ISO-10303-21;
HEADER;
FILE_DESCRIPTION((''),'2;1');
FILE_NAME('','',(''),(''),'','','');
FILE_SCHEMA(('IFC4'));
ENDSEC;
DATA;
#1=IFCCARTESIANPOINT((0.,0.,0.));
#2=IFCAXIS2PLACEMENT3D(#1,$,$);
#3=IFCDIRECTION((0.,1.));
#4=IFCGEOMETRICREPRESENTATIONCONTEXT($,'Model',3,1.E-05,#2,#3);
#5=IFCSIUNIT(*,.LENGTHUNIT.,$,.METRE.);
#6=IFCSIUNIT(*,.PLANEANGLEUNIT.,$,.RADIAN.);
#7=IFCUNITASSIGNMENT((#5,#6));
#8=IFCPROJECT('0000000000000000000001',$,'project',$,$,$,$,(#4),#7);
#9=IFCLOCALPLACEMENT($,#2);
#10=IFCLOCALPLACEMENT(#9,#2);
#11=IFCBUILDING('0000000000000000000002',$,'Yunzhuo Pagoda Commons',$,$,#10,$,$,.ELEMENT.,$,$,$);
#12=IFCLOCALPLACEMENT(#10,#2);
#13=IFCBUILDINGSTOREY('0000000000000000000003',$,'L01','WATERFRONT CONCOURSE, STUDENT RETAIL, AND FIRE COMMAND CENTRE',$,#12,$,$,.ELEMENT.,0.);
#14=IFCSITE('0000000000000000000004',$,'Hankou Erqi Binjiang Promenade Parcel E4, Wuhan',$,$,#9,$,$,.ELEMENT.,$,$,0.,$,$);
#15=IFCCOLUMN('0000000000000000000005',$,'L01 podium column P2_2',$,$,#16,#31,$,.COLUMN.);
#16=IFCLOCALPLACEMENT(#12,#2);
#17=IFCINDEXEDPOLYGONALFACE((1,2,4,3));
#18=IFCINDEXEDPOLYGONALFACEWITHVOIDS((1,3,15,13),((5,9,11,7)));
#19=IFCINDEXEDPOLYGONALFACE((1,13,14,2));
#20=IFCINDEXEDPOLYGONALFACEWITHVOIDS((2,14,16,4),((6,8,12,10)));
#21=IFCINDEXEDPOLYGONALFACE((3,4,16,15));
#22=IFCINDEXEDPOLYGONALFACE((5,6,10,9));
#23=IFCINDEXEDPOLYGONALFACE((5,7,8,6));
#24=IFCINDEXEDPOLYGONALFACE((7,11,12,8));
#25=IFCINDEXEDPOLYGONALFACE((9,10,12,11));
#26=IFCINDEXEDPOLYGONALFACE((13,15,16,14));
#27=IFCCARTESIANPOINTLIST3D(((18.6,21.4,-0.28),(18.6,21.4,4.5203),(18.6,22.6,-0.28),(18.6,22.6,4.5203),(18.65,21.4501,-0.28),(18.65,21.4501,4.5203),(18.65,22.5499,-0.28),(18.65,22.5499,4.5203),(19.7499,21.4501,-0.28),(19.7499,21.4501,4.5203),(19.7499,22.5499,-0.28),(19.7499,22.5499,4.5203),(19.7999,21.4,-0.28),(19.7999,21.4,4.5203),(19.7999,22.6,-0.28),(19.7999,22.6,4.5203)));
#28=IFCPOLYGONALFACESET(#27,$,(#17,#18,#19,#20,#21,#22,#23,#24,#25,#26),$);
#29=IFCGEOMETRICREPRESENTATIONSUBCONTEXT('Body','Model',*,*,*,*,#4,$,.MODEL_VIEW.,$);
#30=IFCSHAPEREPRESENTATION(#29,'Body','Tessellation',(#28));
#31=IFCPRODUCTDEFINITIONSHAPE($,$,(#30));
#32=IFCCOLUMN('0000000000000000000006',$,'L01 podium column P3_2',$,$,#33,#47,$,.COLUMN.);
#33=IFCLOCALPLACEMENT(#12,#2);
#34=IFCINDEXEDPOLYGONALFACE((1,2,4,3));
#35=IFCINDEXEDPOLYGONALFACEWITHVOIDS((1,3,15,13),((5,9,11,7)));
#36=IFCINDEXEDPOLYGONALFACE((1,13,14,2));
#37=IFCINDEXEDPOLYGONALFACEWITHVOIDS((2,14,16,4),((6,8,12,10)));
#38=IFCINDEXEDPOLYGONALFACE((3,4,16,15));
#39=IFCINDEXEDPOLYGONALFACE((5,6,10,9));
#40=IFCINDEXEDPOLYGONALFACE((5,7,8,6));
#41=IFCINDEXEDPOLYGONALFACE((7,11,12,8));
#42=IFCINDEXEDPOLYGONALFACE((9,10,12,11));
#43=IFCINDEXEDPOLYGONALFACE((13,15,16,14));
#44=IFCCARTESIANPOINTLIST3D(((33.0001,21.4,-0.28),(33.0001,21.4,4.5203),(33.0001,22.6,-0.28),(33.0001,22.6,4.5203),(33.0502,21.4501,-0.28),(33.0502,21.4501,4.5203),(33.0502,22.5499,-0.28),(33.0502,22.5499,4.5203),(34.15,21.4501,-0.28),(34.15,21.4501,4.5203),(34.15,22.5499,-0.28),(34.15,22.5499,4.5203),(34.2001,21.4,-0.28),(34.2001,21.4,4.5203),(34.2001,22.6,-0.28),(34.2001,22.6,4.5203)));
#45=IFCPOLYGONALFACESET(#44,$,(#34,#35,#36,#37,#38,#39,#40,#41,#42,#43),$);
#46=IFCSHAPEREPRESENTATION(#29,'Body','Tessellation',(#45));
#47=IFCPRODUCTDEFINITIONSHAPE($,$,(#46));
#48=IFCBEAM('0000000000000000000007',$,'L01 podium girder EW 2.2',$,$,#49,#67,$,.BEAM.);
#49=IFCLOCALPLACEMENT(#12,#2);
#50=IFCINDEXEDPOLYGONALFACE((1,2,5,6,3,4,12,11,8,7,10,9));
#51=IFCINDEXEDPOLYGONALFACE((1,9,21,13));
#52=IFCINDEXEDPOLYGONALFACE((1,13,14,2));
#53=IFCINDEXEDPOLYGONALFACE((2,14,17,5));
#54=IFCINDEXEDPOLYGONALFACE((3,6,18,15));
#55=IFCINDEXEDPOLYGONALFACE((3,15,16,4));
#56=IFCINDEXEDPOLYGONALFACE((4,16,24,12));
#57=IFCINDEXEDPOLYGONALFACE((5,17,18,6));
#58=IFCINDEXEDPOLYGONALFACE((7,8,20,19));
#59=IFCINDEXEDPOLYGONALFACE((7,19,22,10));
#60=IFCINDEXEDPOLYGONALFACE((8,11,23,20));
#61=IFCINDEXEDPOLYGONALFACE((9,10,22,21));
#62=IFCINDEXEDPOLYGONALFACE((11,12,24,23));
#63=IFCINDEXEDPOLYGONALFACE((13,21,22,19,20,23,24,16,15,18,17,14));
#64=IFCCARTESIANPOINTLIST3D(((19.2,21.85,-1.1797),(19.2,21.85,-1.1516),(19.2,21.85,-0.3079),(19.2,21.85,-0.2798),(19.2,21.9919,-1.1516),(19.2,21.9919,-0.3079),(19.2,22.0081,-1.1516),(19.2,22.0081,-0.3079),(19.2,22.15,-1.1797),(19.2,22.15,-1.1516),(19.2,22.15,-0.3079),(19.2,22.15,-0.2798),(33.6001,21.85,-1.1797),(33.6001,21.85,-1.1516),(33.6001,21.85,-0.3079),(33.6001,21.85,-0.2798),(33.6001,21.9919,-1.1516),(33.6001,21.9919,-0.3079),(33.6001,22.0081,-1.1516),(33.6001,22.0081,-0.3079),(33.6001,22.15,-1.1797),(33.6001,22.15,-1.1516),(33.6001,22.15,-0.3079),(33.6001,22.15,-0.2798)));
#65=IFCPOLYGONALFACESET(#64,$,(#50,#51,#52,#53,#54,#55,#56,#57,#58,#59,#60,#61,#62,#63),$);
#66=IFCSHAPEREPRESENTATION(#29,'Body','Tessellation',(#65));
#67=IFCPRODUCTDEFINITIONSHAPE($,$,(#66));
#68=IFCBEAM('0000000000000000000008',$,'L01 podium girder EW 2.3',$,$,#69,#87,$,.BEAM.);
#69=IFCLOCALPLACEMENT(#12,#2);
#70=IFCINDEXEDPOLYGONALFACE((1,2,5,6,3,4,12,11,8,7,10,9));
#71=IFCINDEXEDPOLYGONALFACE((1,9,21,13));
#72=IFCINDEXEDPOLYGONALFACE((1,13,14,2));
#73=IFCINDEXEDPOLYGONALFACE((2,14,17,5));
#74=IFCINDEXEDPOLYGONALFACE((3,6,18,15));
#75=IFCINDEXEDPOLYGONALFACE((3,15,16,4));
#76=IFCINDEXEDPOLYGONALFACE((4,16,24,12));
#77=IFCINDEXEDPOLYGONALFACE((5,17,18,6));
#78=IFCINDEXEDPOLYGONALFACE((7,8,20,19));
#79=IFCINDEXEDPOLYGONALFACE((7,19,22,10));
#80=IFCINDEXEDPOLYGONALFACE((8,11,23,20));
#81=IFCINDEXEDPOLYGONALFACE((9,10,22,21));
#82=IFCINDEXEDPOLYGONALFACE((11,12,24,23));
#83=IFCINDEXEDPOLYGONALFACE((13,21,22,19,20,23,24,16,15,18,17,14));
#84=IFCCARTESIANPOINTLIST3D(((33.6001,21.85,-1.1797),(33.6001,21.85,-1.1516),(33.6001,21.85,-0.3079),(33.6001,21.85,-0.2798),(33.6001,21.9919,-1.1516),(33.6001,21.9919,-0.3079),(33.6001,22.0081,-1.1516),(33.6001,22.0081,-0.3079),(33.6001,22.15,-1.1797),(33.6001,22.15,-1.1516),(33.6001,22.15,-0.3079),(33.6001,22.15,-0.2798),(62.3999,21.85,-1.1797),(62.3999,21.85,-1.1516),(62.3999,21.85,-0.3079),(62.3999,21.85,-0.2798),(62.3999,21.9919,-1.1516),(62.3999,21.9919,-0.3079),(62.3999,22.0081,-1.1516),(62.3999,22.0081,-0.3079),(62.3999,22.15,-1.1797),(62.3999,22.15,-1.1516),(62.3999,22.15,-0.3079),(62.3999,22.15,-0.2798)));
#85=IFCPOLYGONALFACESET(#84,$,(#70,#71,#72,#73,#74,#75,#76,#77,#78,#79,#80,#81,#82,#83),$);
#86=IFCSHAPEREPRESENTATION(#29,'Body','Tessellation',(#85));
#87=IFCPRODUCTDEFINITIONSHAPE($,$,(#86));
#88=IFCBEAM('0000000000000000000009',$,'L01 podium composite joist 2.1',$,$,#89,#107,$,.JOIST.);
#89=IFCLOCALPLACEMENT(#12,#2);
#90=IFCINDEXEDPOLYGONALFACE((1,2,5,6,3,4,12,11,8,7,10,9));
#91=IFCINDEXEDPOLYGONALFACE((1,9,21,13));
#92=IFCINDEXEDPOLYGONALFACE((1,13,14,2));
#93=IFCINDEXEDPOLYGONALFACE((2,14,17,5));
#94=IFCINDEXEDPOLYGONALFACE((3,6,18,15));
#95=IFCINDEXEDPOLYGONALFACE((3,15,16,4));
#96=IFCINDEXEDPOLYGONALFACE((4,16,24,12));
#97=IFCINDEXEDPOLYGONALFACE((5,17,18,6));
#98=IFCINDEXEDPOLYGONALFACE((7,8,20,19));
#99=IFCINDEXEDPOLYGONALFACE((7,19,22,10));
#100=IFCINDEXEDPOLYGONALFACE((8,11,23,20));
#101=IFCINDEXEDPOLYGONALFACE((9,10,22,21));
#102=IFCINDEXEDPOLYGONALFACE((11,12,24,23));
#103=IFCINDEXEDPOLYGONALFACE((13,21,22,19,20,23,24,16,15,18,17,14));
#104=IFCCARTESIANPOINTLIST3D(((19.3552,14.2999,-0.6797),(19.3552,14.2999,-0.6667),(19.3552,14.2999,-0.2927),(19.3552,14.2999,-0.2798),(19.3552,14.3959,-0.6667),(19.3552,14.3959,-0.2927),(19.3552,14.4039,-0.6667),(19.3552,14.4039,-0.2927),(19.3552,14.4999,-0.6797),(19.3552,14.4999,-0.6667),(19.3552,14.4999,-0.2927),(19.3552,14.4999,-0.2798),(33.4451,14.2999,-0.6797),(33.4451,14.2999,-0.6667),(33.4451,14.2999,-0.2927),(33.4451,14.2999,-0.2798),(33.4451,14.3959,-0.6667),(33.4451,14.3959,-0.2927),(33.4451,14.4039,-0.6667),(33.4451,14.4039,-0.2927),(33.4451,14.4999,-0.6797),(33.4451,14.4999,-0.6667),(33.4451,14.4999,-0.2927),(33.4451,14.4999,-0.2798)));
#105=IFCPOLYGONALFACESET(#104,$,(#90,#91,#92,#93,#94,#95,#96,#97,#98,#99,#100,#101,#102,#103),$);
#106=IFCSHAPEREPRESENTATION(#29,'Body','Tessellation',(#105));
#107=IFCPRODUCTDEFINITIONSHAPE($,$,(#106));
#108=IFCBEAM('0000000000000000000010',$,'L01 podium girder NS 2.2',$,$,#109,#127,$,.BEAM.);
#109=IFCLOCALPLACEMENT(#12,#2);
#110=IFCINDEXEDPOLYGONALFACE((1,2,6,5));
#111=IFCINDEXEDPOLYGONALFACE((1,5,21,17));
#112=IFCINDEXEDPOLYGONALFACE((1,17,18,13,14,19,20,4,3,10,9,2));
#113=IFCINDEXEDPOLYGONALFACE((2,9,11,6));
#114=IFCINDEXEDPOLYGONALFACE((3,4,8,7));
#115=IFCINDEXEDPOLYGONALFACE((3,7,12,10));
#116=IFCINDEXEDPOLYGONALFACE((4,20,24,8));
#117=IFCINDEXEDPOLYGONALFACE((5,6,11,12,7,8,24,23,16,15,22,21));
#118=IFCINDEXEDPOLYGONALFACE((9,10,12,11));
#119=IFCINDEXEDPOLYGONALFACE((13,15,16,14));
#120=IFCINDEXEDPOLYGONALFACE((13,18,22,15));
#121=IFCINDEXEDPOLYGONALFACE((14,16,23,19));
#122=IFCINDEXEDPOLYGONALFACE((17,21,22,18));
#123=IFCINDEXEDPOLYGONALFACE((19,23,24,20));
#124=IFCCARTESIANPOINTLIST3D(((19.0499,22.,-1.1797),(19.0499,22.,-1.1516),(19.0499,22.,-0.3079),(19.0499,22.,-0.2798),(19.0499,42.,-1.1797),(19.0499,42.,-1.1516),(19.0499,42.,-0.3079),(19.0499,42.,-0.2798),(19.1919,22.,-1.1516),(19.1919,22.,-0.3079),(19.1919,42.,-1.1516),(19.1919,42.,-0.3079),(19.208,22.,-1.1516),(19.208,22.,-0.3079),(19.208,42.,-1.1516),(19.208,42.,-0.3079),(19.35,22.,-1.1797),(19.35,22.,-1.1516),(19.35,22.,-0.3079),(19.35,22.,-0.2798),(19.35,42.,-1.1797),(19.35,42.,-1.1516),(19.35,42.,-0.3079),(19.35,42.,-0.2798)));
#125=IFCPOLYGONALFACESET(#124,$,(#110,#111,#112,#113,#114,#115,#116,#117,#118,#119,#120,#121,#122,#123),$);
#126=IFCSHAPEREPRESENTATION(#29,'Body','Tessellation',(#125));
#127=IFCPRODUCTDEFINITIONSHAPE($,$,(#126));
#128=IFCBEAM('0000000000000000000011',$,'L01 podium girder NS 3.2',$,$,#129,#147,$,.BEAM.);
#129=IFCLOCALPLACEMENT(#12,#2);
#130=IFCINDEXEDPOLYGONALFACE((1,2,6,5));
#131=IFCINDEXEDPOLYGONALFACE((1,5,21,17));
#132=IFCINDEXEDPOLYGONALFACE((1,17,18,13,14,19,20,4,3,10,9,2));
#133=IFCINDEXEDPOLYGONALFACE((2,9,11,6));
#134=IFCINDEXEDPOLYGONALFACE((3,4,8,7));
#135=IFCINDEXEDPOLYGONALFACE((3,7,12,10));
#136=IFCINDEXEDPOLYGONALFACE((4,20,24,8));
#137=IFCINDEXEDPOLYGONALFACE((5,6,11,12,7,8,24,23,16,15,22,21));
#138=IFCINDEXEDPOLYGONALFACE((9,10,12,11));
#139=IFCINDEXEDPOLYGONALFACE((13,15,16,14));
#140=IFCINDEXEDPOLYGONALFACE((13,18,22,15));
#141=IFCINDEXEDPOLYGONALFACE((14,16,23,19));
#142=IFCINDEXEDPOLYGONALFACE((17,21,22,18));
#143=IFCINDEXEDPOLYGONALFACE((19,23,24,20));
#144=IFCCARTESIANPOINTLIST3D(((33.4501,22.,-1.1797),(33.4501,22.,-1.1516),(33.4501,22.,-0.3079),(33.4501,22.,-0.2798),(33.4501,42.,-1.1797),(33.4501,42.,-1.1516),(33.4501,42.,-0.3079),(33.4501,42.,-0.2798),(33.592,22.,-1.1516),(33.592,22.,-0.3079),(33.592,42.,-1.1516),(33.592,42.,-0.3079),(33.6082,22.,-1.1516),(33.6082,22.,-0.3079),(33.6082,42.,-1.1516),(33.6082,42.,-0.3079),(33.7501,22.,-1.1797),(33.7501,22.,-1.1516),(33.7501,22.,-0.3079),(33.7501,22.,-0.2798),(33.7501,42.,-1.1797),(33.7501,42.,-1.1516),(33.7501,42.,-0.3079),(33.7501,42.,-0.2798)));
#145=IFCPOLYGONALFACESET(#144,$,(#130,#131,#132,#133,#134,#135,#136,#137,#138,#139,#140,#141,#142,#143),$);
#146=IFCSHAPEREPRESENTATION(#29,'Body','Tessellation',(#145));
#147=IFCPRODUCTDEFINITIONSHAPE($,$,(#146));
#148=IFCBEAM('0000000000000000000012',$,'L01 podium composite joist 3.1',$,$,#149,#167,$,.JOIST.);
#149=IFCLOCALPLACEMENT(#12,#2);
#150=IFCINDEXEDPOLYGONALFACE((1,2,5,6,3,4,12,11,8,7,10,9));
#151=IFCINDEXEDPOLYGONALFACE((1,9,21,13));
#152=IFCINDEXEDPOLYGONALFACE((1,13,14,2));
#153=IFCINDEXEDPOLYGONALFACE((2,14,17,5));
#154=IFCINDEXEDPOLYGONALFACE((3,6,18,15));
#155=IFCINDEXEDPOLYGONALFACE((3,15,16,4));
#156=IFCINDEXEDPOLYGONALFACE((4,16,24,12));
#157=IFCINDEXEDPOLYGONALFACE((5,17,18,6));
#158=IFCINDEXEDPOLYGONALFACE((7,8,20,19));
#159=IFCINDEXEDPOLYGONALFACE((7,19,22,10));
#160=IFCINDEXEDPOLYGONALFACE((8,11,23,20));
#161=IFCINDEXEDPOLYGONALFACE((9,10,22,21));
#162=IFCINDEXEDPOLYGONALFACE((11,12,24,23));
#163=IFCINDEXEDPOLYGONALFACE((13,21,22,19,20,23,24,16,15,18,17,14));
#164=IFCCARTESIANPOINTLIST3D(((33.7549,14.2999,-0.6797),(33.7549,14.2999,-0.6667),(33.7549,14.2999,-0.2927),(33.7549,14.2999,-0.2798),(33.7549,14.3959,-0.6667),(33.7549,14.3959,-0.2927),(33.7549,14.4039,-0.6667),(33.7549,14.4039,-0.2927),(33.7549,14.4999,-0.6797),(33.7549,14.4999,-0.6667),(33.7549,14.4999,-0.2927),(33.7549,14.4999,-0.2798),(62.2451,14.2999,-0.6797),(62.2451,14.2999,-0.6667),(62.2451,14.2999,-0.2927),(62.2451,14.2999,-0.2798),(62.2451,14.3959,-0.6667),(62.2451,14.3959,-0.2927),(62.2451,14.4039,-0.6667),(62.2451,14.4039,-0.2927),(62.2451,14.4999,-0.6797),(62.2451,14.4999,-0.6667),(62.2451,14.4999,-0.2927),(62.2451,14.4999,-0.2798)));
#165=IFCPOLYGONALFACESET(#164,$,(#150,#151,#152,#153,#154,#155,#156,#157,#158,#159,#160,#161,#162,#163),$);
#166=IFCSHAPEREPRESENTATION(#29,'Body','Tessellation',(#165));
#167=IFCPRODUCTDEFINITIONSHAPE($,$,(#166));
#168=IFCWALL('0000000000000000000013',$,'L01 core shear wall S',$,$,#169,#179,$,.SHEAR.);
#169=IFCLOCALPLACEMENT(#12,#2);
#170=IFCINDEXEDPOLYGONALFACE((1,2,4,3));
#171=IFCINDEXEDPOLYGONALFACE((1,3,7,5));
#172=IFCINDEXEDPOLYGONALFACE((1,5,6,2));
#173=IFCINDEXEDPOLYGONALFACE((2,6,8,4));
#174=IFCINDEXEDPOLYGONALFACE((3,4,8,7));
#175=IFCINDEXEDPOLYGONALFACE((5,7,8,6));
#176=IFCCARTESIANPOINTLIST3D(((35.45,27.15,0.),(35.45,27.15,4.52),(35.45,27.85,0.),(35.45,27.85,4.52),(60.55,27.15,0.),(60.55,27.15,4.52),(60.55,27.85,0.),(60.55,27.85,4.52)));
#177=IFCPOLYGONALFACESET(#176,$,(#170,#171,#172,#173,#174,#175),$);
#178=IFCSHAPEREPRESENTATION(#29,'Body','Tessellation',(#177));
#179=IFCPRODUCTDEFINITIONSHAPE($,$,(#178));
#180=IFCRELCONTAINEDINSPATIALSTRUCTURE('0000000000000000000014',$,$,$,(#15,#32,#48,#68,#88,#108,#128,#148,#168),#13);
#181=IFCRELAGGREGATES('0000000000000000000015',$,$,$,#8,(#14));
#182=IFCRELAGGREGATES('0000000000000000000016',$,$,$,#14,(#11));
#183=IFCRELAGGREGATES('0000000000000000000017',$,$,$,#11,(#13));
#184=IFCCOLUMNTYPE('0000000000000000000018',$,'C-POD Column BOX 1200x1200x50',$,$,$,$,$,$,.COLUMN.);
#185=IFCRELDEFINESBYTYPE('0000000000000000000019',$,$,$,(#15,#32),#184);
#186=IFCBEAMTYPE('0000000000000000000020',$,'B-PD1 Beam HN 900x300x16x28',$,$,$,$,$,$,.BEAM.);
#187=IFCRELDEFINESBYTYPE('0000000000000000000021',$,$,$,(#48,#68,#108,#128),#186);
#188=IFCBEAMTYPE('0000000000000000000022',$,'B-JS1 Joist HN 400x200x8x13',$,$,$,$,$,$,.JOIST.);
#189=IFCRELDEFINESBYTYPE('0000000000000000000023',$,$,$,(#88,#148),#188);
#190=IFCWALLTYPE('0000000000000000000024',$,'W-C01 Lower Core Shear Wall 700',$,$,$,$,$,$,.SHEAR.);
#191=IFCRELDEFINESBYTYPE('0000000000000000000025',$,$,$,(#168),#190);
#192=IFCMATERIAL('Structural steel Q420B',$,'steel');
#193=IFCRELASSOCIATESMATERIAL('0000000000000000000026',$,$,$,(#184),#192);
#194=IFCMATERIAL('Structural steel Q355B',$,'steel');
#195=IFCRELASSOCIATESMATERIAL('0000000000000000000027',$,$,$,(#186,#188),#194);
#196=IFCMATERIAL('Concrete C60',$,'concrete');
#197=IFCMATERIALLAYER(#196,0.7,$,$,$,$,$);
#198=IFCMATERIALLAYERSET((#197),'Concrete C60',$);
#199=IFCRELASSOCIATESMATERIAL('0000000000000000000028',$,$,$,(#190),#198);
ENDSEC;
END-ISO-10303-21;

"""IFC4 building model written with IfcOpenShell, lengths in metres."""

from ifc_helpers import new_model, si_unit, direction, frame, frame_2d, origin, origin_2d, place, context, subcontext, project, spatial, rectangle, hollow_rectangle, i_section, extrude, source, transform, mapped, material, layer, layer_set, material_profile, profile_set, type_object, element, save


model = new_model("IFC4")

# Units and contexts
model_context = context("Model", 3, precision=1e-05, world=origin(), true_north=direction((0.0, 1.0)))
body_context = subcontext(model_context, "Body", "Model", "MODEL_VIEW")
ifc_project = project(units=[si_unit("LENGTHUNIT", "METRE"), si_unit("PLANEANGLEUNIT", "RADIAN")], contexts=[model_context])

# Site, building, storey
site_placement = place(None, origin())
site = spatial("IfcSite", under=ifc_project, at=site_placement, Name="Hankou Erqi Binjiang Promenade Parcel E4, Wuhan", CompositionType="ELEMENT", RefElevation=0.0)
building_placement = place(site_placement, origin())
building = spatial("IfcBuilding", under=site, at=building_placement, Name="Yunzhuo Pagoda Commons", CompositionType="ELEMENT")
storey_placement = place(building_placement, origin())
storey = spatial("IfcBuildingStorey", under=building, at=storey_placement, Name="L01", Description="WATERFRONT CONCOURSE, STUDENT RETAIL, AND FIRE COMMAND CENTRE", CompositionType="ELEMENT", Elevation=0.0)

# Columns
ifc_material_1 = material(Name="Structural steel Q420B", Category="steel")
ifc_material_profile_1 = material_profile(ifc_material_1, hollow_rectangle(XDim=1.2, YDim=1.2, WallThickness=0.05, at=origin_2d()), Name="Structural steel Q420B")
ifc_profile_set_1 = profile_set([ifc_material_profile_1], Name="Structural steel Q420B")
column_type = type_object("IfcColumnType", Name="C-POD Column BOX 1200x1200x50", PredefinedType="COLUMN", material=ifc_profile_set_1)
shared_shape_1 = source(origin(), body_context, "Body", "SweptSolid", [
    extrude(hollow_rectangle(XDim=1.2, YDim=1.2, WallThickness=0.05, at=origin_2d()), origin(), (0.0, 0.0, 1.0), 4.8003),
])
for number, where, z_axis, x_axis, name in (
    (1, (19.2, 22.0, -0.28), (0.0, 0.0, 1.0), (1.0, 0.0, 0.0), "L01 podium column P2_2"),
    (2, (33.6001, 22.0, -0.28), (0.0, 0.0, 1.0), (1.0, 0.0, 0.0), "L01 podium column P3_2"),
):
    element("IfcColumn", number, at=place(storey_placement, frame(where, z_axis=z_axis, x_axis=x_axis)), inside=storey, type_object=column_type, Name=name, PredefinedType="COLUMN", context=body_context, shape_type="MappedRepresentation", body=[
        mapped(shared_shape_1, transform((0.0, 0.0, 0.0), scale=1.0)),
    ])

# Beams
ifc_material_2 = material(Name="Structural steel Q355B", Category="steel")
ifc_material_profile_2 = material_profile(ifc_material_2, i_section(OverallWidth=0.3, OverallDepth=0.8999, WebThickness=0.0161, FlangeThickness=0.0281, at=origin_2d()), Name="Structural steel Q355B")
ifc_profile_set_2 = profile_set([ifc_material_profile_2], Name="Structural steel Q355B")
beam_type_1 = type_object("IfcBeamType", Name="B-PD1 Beam HN 900x300x16x28", PredefinedType="BEAM", material=ifc_profile_set_2)
shared_shape_2 = source(origin(), body_context, "Body", "SweptSolid", [
    extrude(i_section(OverallWidth=0.3, OverallDepth=0.8999, WebThickness=0.0161, FlangeThickness=0.0281, at=origin_2d()), origin(), (0.0, 0.0, 1.0), 14.4001),
])
beam_1_placement = place(storey_placement, frame((19.2, 22.0, -0.7297), z_axis=(1.0, 0.0, 0.0), x_axis=(0.0, 1.0, 0.0)))
element("IfcBeam", 3, at=beam_1_placement, inside=storey, type_object=beam_type_1, Name="L01 podium girder EW 2.2", PredefinedType="BEAM", context=body_context, shape_type="MappedRepresentation", body=[
    mapped(shared_shape_2, transform((0.0, 0.0, 0.0), scale=1.0)),
])
shared_shape_3 = source(origin(), body_context, "Body", "SweptSolid", [
    extrude(i_section(OverallWidth=0.3, OverallDepth=0.8999, WebThickness=0.0161, FlangeThickness=0.0281, at=origin_2d()), origin(), (0.0, 0.0, 1.0), 28.7998),
])
beam_2_placement = place(storey_placement, frame((33.6001, 22.0, -0.7297), z_axis=(1.0, 0.0, 0.0), x_axis=(0.0, 1.0, 0.0)))
element("IfcBeam", 4, at=beam_2_placement, inside=storey, type_object=beam_type_1, Name="L01 podium girder EW 2.3", PredefinedType="BEAM", context=body_context, shape_type="MappedRepresentation", body=[
    mapped(shared_shape_3, transform((0.0, 0.0, 0.0), scale=1.0)),
])
ifc_material_profile_3 = material_profile(ifc_material_2, i_section(OverallWidth=0.2, OverallDepth=0.3999, WebThickness=0.0081, FlangeThickness=0.0129, at=origin_2d()), Name="Structural steel Q355B")
ifc_profile_set_3 = profile_set([ifc_material_profile_3], Name="Structural steel Q355B")
beam_type_2 = type_object("IfcBeamType", Name="B-JS1 Joist HN 400x200x8x13", PredefinedType="JOIST", material=ifc_profile_set_3)
shared_shape_4 = source(origin(), body_context, "Body", "SweptSolid", [
    extrude(i_section(OverallWidth=0.2, OverallDepth=0.3999, WebThickness=0.0081, FlangeThickness=0.0129, at=origin_2d()), origin(), (0.0, 0.0, 1.0), 14.0898),
])
beam_3_placement = place(storey_placement, frame((19.3552, 14.3999, -0.4797), z_axis=(1.0, 0.0, 0.0), x_axis=(0.0, 1.0, 0.0)))
element("IfcBeam", 5, at=beam_3_placement, inside=storey, type_object=beam_type_2, Name="L01 podium composite joist 2.1", PredefinedType="JOIST", context=body_context, shape_type="MappedRepresentation", body=[
    mapped(shared_shape_4, transform((0.0, 0.0, 0.0), scale=1.0)),
])
shared_shape_5 = source(origin(), body_context, "Body", "SweptSolid", [
    extrude(i_section(OverallWidth=0.3, OverallDepth=0.8999, WebThickness=0.0161, FlangeThickness=0.0281, at=origin_2d()), origin(), (0.0, 0.0, 1.0), 20.0),
])
for number, where, z_axis, x_axis, name in (
    (6, (19.2, 22.0, -0.7297), (0.0, 1.0, 0.0), (-1.0, 0.0, 0.0), "L01 podium girder NS 2.2"),
    (7, (33.6001, 22.0, -0.7297), (0.0, 1.0, 0.0), (-1.0, 0.0, 0.0), "L01 podium girder NS 3.2"),
):
    element("IfcBeam", number, at=place(storey_placement, frame(where, z_axis=z_axis, x_axis=x_axis)), inside=storey, type_object=beam_type_1, Name=name, PredefinedType="BEAM", context=body_context, shape_type="MappedRepresentation", body=[
        mapped(shared_shape_5, transform((0.0, 0.0, 0.0), scale=1.0)),
    ])
shared_shape_6 = source(origin(), body_context, "Body", "SweptSolid", [
    extrude(i_section(OverallWidth=0.2, OverallDepth=0.3999, WebThickness=0.0081, FlangeThickness=0.0129, at=origin_2d()), origin(), (0.0, 0.0, 1.0), 28.4902),
])
beam_4_placement = place(storey_placement, frame((33.7549, 14.3999, -0.4797), z_axis=(1.0, 0.0, 0.0), x_axis=(0.0, 1.0, 0.0)))
element("IfcBeam", 8, at=beam_4_placement, inside=storey, type_object=beam_type_2, Name="L01 podium composite joist 3.1", PredefinedType="JOIST", context=body_context, shape_type="MappedRepresentation", body=[
    mapped(shared_shape_6, transform((0.0, 0.0, 0.0), scale=1.0)),
])

# Wall
ifc_material_3 = material(Name="Concrete C60", Category="concrete")
ifc_layer_1 = layer(ifc_material_3, 0.7)
ifc_layer_set_1 = layer_set([ifc_layer_1], Name="Concrete C60")
wall_type_1 = type_object("IfcWallType", Name="W-C01 Lower Core Shear Wall 700", PredefinedType="SHEAR", material=ifc_layer_set_1)
wall_1_placement = place(storey_placement, frame((35.45, 27.5, 0.0), z_axis=(0.0, 0.0, 1.0), x_axis=(1.0, 0.0, 0.0)))
element("IfcWall", 9, at=wall_1_placement, inside=storey, type_object=wall_type_1, Name="L01 core shear wall S", PredefinedType="SHEAR", context=body_context, shape_type="SweptSolid", body=[
    extrude(rectangle(XDim=25.1001, YDim=0.7, at=frame_2d((12.55, 0.0))), origin(), (0.0, 0.0, 1.0), 4.52),
])

save(model, "model.ifc")
